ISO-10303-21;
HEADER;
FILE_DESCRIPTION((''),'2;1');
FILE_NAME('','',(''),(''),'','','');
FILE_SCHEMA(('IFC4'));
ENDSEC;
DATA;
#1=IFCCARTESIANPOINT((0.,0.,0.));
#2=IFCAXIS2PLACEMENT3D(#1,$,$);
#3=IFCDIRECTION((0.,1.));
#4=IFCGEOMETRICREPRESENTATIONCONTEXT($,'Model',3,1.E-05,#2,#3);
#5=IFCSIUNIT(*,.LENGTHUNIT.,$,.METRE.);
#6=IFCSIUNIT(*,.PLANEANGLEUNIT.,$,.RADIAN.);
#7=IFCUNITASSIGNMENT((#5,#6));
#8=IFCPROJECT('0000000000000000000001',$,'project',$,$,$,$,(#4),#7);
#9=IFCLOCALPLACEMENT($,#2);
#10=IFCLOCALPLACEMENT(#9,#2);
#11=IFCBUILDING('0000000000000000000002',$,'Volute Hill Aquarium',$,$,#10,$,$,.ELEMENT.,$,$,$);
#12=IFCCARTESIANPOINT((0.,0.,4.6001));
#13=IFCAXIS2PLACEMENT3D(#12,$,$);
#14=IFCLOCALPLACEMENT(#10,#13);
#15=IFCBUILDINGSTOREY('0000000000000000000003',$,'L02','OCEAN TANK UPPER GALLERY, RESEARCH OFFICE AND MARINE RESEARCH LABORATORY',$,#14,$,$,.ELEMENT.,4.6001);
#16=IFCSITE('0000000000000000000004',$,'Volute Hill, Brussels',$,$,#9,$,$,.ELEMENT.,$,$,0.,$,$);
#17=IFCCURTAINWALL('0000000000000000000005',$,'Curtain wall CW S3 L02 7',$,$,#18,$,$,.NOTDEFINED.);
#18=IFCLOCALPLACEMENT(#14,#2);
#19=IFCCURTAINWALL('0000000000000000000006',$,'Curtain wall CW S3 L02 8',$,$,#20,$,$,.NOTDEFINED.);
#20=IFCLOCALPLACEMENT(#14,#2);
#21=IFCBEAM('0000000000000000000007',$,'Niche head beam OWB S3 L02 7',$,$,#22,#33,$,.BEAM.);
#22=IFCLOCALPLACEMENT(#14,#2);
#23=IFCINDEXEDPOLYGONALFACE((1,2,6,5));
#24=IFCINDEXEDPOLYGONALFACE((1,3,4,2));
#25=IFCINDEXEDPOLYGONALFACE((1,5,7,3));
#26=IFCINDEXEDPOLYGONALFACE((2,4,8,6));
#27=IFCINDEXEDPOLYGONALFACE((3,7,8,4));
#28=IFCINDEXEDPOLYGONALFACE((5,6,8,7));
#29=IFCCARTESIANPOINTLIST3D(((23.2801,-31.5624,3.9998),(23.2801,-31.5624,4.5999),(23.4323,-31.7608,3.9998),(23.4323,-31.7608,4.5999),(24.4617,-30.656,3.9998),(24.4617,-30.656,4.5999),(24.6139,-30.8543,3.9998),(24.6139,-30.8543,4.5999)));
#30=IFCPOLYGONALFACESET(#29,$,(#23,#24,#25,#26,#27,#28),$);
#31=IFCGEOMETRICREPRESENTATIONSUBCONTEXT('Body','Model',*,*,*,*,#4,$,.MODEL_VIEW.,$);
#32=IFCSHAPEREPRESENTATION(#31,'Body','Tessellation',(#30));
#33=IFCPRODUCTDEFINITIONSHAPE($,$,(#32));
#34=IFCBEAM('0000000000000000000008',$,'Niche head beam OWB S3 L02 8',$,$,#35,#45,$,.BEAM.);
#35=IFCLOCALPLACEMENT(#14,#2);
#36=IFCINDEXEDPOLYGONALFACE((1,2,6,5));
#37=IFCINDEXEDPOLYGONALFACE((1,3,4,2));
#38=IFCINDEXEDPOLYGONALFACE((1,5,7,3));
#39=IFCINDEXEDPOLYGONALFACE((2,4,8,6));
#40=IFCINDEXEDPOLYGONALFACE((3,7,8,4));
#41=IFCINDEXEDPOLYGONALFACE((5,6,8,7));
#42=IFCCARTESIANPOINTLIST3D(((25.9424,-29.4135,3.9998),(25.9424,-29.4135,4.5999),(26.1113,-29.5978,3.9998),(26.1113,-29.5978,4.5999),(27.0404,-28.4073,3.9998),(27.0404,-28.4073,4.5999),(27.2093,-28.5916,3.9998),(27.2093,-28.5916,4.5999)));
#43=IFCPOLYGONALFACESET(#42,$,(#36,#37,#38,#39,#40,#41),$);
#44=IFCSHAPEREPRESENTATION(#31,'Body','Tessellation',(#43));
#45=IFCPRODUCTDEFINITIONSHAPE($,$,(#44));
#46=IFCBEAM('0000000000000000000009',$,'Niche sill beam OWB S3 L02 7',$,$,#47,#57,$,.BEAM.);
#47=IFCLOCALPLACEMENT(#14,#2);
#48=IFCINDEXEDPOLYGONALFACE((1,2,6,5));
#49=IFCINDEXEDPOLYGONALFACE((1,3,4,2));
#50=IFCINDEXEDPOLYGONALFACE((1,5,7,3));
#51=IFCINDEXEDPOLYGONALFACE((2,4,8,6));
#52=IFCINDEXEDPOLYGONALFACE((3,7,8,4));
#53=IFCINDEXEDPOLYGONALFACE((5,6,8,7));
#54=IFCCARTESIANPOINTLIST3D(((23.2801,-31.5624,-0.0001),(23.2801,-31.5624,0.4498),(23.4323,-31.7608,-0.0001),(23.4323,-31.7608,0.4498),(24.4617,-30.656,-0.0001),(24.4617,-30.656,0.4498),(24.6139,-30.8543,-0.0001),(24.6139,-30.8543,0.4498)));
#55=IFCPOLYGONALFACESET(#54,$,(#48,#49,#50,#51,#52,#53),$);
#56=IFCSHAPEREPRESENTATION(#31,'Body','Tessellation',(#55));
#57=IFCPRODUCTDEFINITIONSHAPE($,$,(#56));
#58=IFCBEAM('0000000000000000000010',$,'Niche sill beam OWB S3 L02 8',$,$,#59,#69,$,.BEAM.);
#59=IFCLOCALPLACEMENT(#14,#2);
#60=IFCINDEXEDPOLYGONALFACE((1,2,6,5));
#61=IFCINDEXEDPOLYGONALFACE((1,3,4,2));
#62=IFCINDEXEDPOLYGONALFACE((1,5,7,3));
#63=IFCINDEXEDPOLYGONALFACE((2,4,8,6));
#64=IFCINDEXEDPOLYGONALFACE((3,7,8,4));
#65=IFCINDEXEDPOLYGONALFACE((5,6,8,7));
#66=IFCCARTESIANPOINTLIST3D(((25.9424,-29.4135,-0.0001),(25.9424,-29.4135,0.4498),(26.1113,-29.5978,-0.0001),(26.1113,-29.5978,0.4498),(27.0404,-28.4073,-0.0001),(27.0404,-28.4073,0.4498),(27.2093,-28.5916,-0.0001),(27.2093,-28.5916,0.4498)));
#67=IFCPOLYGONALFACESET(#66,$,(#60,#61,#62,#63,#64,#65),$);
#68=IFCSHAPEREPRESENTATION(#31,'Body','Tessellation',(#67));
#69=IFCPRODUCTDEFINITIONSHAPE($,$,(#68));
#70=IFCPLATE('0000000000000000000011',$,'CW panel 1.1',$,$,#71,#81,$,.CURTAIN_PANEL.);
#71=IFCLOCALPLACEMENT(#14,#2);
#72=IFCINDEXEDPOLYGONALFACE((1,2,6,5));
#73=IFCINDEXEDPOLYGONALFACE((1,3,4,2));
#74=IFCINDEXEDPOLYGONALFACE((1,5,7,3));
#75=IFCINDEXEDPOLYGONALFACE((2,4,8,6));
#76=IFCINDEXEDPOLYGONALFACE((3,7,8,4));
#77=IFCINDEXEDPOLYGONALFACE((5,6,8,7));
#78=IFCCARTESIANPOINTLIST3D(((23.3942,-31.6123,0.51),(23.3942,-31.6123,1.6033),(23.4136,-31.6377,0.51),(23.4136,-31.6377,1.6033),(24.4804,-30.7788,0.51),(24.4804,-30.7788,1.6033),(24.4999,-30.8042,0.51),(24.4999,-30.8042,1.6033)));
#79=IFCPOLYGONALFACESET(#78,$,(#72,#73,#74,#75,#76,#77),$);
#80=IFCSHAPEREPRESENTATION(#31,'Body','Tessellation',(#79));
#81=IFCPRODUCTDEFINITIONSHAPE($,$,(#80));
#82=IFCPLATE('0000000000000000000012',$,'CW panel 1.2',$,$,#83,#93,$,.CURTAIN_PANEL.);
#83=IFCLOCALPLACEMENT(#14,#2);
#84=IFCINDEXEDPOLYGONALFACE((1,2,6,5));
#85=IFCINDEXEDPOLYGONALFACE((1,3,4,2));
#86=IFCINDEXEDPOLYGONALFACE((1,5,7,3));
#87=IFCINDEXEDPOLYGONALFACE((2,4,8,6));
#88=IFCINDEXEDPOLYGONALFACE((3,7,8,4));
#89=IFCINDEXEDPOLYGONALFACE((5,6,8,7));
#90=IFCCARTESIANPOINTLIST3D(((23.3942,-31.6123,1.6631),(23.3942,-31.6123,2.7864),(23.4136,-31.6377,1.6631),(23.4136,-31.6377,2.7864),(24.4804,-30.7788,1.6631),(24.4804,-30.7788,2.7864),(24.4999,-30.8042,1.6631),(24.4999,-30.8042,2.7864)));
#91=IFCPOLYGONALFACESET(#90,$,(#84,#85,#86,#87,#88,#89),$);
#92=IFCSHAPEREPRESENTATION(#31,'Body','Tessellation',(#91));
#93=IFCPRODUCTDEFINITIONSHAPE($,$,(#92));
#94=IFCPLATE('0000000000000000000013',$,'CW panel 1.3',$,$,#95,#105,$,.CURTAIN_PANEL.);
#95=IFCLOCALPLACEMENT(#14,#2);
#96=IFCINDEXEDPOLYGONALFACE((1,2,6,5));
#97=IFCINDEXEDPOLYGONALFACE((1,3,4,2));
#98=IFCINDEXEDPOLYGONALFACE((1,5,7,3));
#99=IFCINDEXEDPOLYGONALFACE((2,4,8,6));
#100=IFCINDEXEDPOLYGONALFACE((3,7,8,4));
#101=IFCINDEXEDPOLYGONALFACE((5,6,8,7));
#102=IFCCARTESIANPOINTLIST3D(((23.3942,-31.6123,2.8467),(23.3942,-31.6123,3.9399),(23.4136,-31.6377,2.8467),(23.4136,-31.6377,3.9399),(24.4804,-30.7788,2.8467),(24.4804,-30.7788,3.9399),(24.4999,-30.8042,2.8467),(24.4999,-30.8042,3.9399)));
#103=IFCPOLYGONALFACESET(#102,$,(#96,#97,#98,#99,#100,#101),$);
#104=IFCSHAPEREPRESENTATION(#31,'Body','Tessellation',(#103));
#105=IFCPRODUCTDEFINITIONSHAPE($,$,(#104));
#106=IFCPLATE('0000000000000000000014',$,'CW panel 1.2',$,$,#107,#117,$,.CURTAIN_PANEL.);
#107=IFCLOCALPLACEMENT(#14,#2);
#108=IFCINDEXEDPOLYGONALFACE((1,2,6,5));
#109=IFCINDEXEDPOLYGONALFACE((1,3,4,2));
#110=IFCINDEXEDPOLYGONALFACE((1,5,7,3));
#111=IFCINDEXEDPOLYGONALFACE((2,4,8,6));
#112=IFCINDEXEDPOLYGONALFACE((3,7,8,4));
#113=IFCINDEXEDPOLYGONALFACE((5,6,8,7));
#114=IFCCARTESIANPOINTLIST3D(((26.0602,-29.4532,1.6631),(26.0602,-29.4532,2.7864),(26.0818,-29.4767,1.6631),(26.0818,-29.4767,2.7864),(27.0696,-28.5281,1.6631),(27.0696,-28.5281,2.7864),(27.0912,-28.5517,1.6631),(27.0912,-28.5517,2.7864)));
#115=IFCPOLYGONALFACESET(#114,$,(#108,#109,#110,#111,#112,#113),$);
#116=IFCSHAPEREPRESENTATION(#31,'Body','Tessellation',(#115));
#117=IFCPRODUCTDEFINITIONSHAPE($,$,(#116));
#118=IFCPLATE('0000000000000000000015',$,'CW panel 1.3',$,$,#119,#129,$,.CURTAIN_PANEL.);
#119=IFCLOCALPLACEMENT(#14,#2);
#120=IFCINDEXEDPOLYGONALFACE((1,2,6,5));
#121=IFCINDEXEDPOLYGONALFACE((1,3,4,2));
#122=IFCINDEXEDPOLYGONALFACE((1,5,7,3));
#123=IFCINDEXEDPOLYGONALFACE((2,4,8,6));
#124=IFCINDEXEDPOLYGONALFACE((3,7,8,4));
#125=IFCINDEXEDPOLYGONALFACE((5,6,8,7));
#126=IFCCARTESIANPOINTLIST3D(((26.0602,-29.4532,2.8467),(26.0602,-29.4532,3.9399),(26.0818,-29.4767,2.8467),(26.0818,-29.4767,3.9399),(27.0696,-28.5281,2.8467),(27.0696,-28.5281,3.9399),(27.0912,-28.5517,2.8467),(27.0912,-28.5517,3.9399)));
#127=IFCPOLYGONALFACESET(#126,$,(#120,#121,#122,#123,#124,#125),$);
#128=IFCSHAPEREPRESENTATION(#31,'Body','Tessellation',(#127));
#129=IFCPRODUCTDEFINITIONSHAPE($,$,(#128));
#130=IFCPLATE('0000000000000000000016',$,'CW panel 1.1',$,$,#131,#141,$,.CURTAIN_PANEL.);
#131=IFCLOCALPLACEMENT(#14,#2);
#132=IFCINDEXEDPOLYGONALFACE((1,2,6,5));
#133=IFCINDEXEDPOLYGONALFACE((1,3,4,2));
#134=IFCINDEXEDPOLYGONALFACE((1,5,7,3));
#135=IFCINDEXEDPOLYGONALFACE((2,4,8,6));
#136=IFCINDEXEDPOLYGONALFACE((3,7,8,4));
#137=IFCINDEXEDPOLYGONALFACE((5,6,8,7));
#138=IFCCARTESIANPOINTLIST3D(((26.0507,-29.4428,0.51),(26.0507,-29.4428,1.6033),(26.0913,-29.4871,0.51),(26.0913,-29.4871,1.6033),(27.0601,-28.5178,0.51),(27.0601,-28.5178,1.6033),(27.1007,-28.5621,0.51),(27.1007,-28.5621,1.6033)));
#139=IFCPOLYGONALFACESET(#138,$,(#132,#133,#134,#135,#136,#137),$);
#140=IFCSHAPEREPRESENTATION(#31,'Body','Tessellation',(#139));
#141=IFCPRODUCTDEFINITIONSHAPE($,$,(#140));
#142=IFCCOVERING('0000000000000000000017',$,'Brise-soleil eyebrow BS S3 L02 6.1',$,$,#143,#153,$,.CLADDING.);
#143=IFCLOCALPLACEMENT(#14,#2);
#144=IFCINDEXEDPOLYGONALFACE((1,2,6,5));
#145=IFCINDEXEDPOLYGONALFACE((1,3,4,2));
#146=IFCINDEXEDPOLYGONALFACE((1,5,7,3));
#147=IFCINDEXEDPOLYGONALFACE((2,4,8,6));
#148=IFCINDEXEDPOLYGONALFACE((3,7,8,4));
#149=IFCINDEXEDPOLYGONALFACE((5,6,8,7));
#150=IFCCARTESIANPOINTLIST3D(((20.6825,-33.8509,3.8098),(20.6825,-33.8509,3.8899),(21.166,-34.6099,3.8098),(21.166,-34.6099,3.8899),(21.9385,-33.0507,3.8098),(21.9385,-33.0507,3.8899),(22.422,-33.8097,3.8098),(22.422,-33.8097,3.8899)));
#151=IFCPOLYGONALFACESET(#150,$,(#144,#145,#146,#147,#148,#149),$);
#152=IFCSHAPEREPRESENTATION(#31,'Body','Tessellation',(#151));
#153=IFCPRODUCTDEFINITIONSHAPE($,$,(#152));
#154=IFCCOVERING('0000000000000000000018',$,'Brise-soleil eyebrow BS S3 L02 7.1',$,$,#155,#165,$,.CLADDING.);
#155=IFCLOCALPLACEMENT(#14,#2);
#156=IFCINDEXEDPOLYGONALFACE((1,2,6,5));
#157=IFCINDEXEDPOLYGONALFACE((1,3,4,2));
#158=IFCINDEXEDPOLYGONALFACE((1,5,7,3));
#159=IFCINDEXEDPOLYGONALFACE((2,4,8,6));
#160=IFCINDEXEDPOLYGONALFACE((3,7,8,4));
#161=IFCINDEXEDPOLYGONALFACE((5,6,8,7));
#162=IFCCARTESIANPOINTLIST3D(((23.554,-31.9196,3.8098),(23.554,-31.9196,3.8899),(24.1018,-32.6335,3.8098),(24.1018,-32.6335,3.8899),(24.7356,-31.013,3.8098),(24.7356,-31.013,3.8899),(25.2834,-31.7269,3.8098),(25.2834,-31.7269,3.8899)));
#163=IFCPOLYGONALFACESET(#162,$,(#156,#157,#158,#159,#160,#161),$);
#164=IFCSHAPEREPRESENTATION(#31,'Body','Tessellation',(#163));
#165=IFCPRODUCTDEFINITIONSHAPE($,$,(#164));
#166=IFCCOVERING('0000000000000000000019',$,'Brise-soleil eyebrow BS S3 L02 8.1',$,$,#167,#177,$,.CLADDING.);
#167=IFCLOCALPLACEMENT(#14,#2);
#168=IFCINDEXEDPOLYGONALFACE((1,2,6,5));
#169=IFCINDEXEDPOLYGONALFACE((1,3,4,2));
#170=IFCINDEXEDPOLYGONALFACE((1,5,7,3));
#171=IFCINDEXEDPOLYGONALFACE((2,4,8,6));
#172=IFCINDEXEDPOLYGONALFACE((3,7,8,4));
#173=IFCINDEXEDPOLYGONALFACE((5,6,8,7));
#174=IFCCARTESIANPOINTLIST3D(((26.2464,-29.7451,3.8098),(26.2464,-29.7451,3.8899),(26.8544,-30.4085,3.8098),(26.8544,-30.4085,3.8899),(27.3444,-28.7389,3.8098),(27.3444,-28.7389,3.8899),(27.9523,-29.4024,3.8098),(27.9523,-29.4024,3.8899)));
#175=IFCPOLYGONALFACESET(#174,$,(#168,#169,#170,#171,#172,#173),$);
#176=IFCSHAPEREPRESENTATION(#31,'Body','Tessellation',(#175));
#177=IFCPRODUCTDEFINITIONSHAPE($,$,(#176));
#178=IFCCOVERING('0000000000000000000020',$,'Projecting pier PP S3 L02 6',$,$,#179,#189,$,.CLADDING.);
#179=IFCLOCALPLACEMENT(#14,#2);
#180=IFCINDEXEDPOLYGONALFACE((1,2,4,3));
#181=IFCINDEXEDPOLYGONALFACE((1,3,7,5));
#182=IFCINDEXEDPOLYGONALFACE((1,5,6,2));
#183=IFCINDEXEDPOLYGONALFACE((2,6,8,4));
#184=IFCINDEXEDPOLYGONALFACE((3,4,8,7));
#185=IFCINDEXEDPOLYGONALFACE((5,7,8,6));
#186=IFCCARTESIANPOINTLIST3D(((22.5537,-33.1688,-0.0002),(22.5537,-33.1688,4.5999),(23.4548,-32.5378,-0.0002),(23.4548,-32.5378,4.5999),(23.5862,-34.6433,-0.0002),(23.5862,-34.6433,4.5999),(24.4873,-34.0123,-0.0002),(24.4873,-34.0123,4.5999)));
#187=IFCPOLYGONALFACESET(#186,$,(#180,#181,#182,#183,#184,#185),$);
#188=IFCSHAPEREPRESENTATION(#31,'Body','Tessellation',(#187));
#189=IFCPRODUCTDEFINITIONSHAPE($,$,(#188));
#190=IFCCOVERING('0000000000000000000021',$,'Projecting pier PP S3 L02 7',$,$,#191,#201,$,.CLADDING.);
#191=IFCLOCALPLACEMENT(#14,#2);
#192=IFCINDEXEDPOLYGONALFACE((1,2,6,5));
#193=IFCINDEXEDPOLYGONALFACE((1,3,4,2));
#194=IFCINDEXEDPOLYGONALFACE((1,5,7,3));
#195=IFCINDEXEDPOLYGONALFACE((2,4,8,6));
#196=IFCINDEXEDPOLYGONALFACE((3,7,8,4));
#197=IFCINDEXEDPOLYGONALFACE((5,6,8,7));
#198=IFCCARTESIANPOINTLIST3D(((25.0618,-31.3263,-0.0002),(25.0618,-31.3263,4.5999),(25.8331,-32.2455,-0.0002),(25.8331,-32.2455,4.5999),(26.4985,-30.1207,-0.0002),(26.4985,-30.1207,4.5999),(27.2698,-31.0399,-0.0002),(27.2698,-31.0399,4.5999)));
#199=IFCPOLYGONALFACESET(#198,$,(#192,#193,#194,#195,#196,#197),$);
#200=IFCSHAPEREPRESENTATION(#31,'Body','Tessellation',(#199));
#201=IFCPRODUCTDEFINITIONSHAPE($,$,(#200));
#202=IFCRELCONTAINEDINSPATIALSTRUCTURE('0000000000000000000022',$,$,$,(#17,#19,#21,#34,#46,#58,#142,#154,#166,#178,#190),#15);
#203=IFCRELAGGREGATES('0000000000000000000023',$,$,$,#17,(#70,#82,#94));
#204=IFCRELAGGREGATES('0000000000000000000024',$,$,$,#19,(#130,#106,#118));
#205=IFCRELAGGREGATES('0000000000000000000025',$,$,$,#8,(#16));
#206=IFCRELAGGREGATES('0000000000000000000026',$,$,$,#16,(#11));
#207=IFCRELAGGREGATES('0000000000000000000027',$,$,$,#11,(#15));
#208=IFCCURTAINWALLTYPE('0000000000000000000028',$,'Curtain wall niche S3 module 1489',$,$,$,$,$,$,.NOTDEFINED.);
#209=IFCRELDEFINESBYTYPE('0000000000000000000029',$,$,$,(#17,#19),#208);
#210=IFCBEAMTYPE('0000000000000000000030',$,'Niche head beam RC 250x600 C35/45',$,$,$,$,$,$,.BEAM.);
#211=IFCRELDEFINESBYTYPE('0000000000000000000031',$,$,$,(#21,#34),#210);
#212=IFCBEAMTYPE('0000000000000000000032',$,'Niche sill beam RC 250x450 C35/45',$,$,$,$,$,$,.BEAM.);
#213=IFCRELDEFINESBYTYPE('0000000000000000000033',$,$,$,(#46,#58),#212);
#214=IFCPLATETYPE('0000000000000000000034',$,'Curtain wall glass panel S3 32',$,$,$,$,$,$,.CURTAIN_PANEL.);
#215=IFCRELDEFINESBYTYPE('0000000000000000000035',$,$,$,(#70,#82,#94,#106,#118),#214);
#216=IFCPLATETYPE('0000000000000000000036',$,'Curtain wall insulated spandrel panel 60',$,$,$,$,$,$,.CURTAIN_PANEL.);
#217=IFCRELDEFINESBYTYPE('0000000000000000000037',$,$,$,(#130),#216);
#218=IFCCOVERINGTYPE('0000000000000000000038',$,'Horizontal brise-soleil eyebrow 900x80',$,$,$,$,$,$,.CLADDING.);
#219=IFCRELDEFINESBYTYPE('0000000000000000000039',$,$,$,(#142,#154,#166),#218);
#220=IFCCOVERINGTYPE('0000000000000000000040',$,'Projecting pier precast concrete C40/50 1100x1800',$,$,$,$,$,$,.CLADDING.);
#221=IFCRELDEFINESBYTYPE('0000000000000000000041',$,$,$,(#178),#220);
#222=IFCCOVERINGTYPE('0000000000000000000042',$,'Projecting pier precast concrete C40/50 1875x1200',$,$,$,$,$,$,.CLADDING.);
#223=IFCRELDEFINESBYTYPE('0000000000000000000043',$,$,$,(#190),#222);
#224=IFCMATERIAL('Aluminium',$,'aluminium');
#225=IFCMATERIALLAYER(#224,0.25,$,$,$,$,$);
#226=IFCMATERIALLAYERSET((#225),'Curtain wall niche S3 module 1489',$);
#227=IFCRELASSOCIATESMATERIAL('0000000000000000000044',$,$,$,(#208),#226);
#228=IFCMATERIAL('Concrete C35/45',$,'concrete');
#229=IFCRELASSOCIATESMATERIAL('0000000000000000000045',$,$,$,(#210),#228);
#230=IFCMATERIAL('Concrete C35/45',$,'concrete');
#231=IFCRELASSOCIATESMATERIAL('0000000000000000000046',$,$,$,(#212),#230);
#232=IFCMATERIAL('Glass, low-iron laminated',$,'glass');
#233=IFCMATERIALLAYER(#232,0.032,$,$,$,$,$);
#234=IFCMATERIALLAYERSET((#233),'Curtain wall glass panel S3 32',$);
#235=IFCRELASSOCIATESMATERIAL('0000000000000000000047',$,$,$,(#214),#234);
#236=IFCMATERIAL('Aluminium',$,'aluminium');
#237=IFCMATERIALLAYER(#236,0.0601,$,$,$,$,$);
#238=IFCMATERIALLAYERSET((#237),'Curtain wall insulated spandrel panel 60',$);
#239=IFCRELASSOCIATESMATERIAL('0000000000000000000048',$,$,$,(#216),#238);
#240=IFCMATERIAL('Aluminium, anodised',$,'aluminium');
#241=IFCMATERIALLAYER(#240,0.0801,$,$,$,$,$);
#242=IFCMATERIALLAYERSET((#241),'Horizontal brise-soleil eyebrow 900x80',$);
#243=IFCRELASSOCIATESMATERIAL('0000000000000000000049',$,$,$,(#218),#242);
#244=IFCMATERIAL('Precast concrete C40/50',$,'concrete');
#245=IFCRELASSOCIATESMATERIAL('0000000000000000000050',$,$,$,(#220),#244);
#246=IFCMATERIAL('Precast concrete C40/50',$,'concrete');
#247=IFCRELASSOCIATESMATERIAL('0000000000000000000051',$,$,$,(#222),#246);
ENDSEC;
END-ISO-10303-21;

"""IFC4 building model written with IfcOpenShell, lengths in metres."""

from ifc_helpers import new_model, si_unit, direction, frame, origin, origin_2d, place, context, subcontext, project, spatial, rectangle, extrude, material, layer, layer_set, material_profile, profile_set, type_object, element, aggregate, save


model = new_model("IFC4")

# Units and contexts
model_context = context("Model", 3, precision=1e-05, world=origin(), true_north=direction((0.0, 1.0)))
body_context = subcontext(model_context, "Body", "Model", "MODEL_VIEW")
ifc_project = project(units=[si_unit("LENGTHUNIT", "METRE"), si_unit("PLANEANGLEUNIT", "RADIAN")], contexts=[model_context])

# Site, building, storey
site_placement = place(None, origin())
site = spatial("IfcSite", under=ifc_project, at=site_placement, Name="Volute Hill, Brussels", CompositionType="ELEMENT", RefElevation=0.0)
building_placement = place(site_placement, origin())
building = spatial("IfcBuilding", under=site, at=building_placement, Name="Volute Hill Aquarium", CompositionType="ELEMENT")
storey_placement = place(building_placement, frame((0.0, 0.0, 4.6001)))
storey = spatial("IfcBuildingStorey", under=building, at=storey_placement, Name="L02", Description="OCEAN TANK UPPER GALLERY, RESEARCH OFFICE AND MARINE RESEARCH LABORATORY", CompositionType="ELEMENT", Elevation=4.6001)

# Shared definitions
ifc_material_1 = material(Name="Aluminium", Category="aluminium")
ifc_layer_1 = layer(ifc_material_1, 0.25)
ifc_layer_set_1 = layer_set([ifc_layer_1], Name="Curtain wall niche S3 module 1489")
curtain_wall_type = type_object("IfcCurtainWallType", Name="Curtain wall niche S3 module 1489", PredefinedType="NOTDEFINED", material=ifc_layer_set_1)

# Curtain wall
curtain_wall_1_placement = place(storey_placement, origin())
curtain_wall_1 = element("IfcCurtainWall", 1, at=curtain_wall_1_placement, inside=storey, type_object=curtain_wall_type, Name="Curtain wall CW S3 L02 7", PredefinedType="NOTDEFINED")

# Curtain wall
curtain_wall_2_placement = place(storey_placement, origin())
curtain_wall_2 = element("IfcCurtainWall", 2, at=curtain_wall_2_placement, inside=storey, type_object=curtain_wall_type, Name="Curtain wall CW S3 L02 8", PredefinedType="NOTDEFINED")

# Beams
ifc_material_2 = material(Name="Concrete C35/45", Category="concrete")
ifc_material_profile_1 = material_profile(ifc_material_2, rectangle(XDim=0.25, YDim=0.6001, at=origin_2d()), Name="RC beam 250x600")
ifc_profile_set_1 = profile_set([ifc_material_profile_1], Name="Concrete C35/45")
beam_type_1 = type_object("IfcBeamType", Name="Niche head beam RC 250x600 C35/45", PredefinedType="BEAM", material=ifc_profile_set_1)
for number, where, z_axis, x_axis, name in (
    (3, (23.3562, -31.6616, 4.2998), (0.793422, 0.608672, 0.0), (-0.608672, 0.793422, 0.0), "Niche head beam OWB S3 L02 7"),
    (4, (26.0269, -29.5056, 4.2998), (0.737256, 0.675613, 0.0), (-0.675613, 0.737256, 0.0), "Niche head beam OWB S3 L02 8"),
):
    element("IfcBeam", number, at=place(storey_placement, frame(where, z_axis=z_axis, x_axis=x_axis)), inside=storey, type_object=beam_type_1, Name=name, PredefinedType="BEAM", context=body_context, shape_type="SweptSolid", body=[
        extrude(rectangle(XDim=0.25, YDim=0.6001, at=origin_2d()), origin(), (0.0, 0.0, 1.0), 1.4893),
    ])
ifc_material_3 = material(Name="Concrete C35/45", Category="concrete")
ifc_material_profile_2 = material_profile(ifc_material_3, rectangle(XDim=0.25, YDim=0.45, at=origin_2d()), Name="RC beam 250x450")
ifc_profile_set_2 = profile_set([ifc_material_profile_2], Name="Concrete C35/45")
beam_type_2 = type_object("IfcBeamType", Name="Niche sill beam RC 250x450 C35/45", PredefinedType="BEAM", material=ifc_profile_set_2)
for number, where, z_axis, x_axis, name in (
    (5, (23.3562, -31.6616, 0.2249), (0.793422, 0.608672, 0.0), (-0.608672, 0.793422, 0.0), "Niche sill beam OWB S3 L02 7"),
    (6, (26.0269, -29.5056, 0.2249), (0.737256, 0.675613, 0.0), (-0.675613, 0.737256, 0.0), "Niche sill beam OWB S3 L02 8"),
):
    element("IfcBeam", number, at=place(storey_placement, frame(where, z_axis=z_axis, x_axis=x_axis)), inside=storey, type_object=beam_type_2, Name=name, PredefinedType="BEAM", context=body_context, shape_type="SweptSolid", body=[
        extrude(rectangle(XDim=0.25, YDim=0.45, at=origin_2d()), origin(), (0.0, 0.0, 1.0), 1.4893),
    ])

# Plates
ifc_material_4 = material(Name="Glass, low-iron laminated", Category="glass")
ifc_layer_2 = layer(ifc_material_4, 0.032)
ifc_layer_set_2 = layer_set([ifc_layer_2], Name="Curtain wall glass panel S3 32")
plate_type_1 = type_object("IfcPlateType", Name="Curtain wall glass panel S3 32", PredefinedType="CURTAIN_PANEL", material=ifc_layer_set_2)
plate_1_placement = place(storey_placement, frame((23.947, -31.2083, 0.51), z_axis=(0.0, 0.0, 1.0), x_axis=(0.793365, 0.608747, 0.0)))
plate_1 = element("IfcPlate", 7, at=plate_1_placement, type_object=plate_type_1, Name="CW panel 1.1", PredefinedType="CURTAIN_PANEL", context=body_context, shape_type="SweptSolid", body=[
    extrude(rectangle(XDim=1.3691, YDim=0.032, at=origin_2d()), origin(), (0.0, 0.0, 1.0), 1.0933),
])
plate_2_placement = place(storey_placement, frame((23.947, -31.2083, 1.6631), z_axis=(0.0, 0.0, 1.0), x_axis=(0.793365, 0.608747, 0.0)))
plate_2 = element("IfcPlate", 8, at=plate_2_placement, type_object=plate_type_1, Name="CW panel 1.2", PredefinedType="CURTAIN_PANEL", context=body_context, shape_type="SweptSolid", body=[
    extrude(rectangle(XDim=1.3691, YDim=0.032, at=origin_2d()), origin(), (0.0, 0.0, 1.0), 1.1233),
])
plate_3_placement = place(storey_placement, frame((23.947, -31.2083, 2.8467), z_axis=(0.0, 0.0, 1.0), x_axis=(0.793365, 0.608747, 0.0)))
plate_3 = element("IfcPlate", 9, at=plate_3_placement, type_object=plate_type_1, Name="CW panel 1.3", PredefinedType="CURTAIN_PANEL", context=body_context, shape_type="SweptSolid", body=[
    extrude(rectangle(XDim=1.3691, YDim=0.032, at=origin_2d()), origin(), (0.0, 0.0, 1.0), 1.0933),
])
aggregate(curtain_wall_1, [plate_1, plate_2, plate_3])
plate_4_placement = place(storey_placement, frame((26.5757, -29.0024, 1.6631), z_axis=(0.0, 0.0, 1.0), x_axis=(0.737256, 0.675613, 0.0)))
plate_4 = element("IfcPlate", 10, at=plate_4_placement, type_object=plate_type_1, Name="CW panel 1.2", PredefinedType="CURTAIN_PANEL", context=body_context, shape_type="SweptSolid", body=[
    extrude(rectangle(XDim=1.3691, YDim=0.032, at=origin_2d()), origin(), (0.0, 0.0, 1.0), 1.1233),
])
plate_5_placement = place(storey_placement, frame((26.5757, -29.0024, 2.8467), z_axis=(0.0, 0.0, 1.0), x_axis=(0.737256, 0.675613, 0.0)))
plate_5 = element("IfcPlate", 11, at=plate_5_placement, type_object=plate_type_1, Name="CW panel 1.3", PredefinedType="CURTAIN_PANEL", context=body_context, shape_type="SweptSolid", body=[
    extrude(rectangle(XDim=1.3691, YDim=0.032, at=origin_2d()), origin(), (0.0, 0.0, 1.0), 1.0933),
])
ifc_material_5 = material(Name="Aluminium", Category="aluminium")
ifc_layer_3 = layer(ifc_material_5, 0.0601)
ifc_layer_set_3 = layer_set([ifc_layer_3], Name="Curtain wall insulated spandrel panel 60")
plate_type_2 = type_object("IfcPlateType", Name="Curtain wall insulated spandrel panel 60", PredefinedType="CURTAIN_PANEL", material=ifc_layer_set_3)
plate_6_placement = place(storey_placement, frame((26.5757, -29.0024, 0.51), z_axis=(0.0, 0.0, 1.0), x_axis=(0.737256, 0.675613, 0.0)))
plate_6 = element("IfcPlate", 12, at=plate_6_placement, type_object=plate_type_2, Name="CW panel 1.1", PredefinedType="CURTAIN_PANEL", context=body_context, shape_type="SweptSolid", body=[
    extrude(rectangle(XDim=1.3691, YDim=0.0601, at=origin_2d()), origin(), (0.0, 0.0, 1.0), 1.0933),
])
aggregate(curtain_wall_2, [plate_6, plate_4, plate_5])

# Coverings
ifc_material_6 = material(Name="Aluminium, anodised", Category="aluminium")
ifc_layer_4 = layer(ifc_material_6, 0.0801)
ifc_layer_set_4 = layer_set([ifc_layer_4], Name="Horizontal brise-soleil eyebrow 900x80")
covering_type_1 = type_object("IfcCoveringType", Name="Horizontal brise-soleil eyebrow 900x80", PredefinedType="CLADDING", material=ifc_layer_set_4)
for number, where, z_axis, x_axis, name in (
    (13, (21.5522, -33.8303, 3.8098), (0.0, 0.0, 1.0), (0.843389, 0.537303, 0.0), "Brise-soleil eyebrow BS S3 L02 6.1"),
    (14, (24.4187, -31.8232, 3.8098), (0.0, 0.0, 1.0), (0.793365, 0.608746, 0.0), "Brise-soleil eyebrow BS S3 L02 7.1"),
    (15, (27.0994, -29.5737, 3.8098), (0.0, 0.0, 1.0), (0.737257, 0.675612, 0.0), "Brise-soleil eyebrow BS S3 L02 8.1"),
):
    element("IfcCovering", number, at=place(storey_placement, frame(where, z_axis=z_axis, x_axis=x_axis)), inside=storey, type_object=covering_type_1, Name=name, PredefinedType="CLADDING", context=body_context, shape_type="SweptSolid", body=[
        extrude(rectangle(XDim=1.4893, YDim=0.8999, at=origin_2d()), origin(), (0.0, 0.0, 1.0), 0.0801),
    ])
ifc_material_7 = material(Name="Precast concrete C40/50", Category="concrete")
covering_type_2 = type_object("IfcCoveringType", Name="Projecting pier precast concrete C40/50 1100x1800", PredefinedType="CLADDING", material=ifc_material_7)
covering_1_placement = place(storey_placement, frame((23.5205, -33.5906, -0.0002), z_axis=(0.0, 0.0, 1.0), x_axis=(0.819152, 0.573576, 0.0)))
element("IfcCovering", 16, at=covering_1_placement, inside=storey, type_object=covering_type_2, Name="Projecting pier PP S3 L02 6", PredefinedType="CLADDING", context=body_context, shape_type="SweptSolid", body=[
    extrude(rectangle(XDim=1.1001, YDim=1.8, at=origin_2d()), origin(), (0.0, 0.0, 1.0), 4.6001),
])
ifc_material_8 = material(Name="Precast concrete C40/50", Category="concrete")
covering_type_3 = type_object("IfcCoveringType", Name="Projecting pier precast concrete C40/50 1875x1200", PredefinedType="CLADDING", material=ifc_material_8)
covering_2_placement = place(storey_placement, frame((26.1658, -31.1831, -0.0002), z_axis=(0.0, 0.0, 1.0), x_axis=(0.766044, 0.642788, 0.0)))
element("IfcCovering", 17, at=covering_2_placement, inside=storey, type_object=covering_type_3, Name="Projecting pier PP S3 L02 7", PredefinedType="CLADDING", context=body_context, shape_type="SweptSolid", body=[
    extrude(rectangle(XDim=1.8755, YDim=1.2, at=origin_2d()), origin(), (0.0, 0.0, 1.0), 4.6001),
])

save(model, "model.ifc")
